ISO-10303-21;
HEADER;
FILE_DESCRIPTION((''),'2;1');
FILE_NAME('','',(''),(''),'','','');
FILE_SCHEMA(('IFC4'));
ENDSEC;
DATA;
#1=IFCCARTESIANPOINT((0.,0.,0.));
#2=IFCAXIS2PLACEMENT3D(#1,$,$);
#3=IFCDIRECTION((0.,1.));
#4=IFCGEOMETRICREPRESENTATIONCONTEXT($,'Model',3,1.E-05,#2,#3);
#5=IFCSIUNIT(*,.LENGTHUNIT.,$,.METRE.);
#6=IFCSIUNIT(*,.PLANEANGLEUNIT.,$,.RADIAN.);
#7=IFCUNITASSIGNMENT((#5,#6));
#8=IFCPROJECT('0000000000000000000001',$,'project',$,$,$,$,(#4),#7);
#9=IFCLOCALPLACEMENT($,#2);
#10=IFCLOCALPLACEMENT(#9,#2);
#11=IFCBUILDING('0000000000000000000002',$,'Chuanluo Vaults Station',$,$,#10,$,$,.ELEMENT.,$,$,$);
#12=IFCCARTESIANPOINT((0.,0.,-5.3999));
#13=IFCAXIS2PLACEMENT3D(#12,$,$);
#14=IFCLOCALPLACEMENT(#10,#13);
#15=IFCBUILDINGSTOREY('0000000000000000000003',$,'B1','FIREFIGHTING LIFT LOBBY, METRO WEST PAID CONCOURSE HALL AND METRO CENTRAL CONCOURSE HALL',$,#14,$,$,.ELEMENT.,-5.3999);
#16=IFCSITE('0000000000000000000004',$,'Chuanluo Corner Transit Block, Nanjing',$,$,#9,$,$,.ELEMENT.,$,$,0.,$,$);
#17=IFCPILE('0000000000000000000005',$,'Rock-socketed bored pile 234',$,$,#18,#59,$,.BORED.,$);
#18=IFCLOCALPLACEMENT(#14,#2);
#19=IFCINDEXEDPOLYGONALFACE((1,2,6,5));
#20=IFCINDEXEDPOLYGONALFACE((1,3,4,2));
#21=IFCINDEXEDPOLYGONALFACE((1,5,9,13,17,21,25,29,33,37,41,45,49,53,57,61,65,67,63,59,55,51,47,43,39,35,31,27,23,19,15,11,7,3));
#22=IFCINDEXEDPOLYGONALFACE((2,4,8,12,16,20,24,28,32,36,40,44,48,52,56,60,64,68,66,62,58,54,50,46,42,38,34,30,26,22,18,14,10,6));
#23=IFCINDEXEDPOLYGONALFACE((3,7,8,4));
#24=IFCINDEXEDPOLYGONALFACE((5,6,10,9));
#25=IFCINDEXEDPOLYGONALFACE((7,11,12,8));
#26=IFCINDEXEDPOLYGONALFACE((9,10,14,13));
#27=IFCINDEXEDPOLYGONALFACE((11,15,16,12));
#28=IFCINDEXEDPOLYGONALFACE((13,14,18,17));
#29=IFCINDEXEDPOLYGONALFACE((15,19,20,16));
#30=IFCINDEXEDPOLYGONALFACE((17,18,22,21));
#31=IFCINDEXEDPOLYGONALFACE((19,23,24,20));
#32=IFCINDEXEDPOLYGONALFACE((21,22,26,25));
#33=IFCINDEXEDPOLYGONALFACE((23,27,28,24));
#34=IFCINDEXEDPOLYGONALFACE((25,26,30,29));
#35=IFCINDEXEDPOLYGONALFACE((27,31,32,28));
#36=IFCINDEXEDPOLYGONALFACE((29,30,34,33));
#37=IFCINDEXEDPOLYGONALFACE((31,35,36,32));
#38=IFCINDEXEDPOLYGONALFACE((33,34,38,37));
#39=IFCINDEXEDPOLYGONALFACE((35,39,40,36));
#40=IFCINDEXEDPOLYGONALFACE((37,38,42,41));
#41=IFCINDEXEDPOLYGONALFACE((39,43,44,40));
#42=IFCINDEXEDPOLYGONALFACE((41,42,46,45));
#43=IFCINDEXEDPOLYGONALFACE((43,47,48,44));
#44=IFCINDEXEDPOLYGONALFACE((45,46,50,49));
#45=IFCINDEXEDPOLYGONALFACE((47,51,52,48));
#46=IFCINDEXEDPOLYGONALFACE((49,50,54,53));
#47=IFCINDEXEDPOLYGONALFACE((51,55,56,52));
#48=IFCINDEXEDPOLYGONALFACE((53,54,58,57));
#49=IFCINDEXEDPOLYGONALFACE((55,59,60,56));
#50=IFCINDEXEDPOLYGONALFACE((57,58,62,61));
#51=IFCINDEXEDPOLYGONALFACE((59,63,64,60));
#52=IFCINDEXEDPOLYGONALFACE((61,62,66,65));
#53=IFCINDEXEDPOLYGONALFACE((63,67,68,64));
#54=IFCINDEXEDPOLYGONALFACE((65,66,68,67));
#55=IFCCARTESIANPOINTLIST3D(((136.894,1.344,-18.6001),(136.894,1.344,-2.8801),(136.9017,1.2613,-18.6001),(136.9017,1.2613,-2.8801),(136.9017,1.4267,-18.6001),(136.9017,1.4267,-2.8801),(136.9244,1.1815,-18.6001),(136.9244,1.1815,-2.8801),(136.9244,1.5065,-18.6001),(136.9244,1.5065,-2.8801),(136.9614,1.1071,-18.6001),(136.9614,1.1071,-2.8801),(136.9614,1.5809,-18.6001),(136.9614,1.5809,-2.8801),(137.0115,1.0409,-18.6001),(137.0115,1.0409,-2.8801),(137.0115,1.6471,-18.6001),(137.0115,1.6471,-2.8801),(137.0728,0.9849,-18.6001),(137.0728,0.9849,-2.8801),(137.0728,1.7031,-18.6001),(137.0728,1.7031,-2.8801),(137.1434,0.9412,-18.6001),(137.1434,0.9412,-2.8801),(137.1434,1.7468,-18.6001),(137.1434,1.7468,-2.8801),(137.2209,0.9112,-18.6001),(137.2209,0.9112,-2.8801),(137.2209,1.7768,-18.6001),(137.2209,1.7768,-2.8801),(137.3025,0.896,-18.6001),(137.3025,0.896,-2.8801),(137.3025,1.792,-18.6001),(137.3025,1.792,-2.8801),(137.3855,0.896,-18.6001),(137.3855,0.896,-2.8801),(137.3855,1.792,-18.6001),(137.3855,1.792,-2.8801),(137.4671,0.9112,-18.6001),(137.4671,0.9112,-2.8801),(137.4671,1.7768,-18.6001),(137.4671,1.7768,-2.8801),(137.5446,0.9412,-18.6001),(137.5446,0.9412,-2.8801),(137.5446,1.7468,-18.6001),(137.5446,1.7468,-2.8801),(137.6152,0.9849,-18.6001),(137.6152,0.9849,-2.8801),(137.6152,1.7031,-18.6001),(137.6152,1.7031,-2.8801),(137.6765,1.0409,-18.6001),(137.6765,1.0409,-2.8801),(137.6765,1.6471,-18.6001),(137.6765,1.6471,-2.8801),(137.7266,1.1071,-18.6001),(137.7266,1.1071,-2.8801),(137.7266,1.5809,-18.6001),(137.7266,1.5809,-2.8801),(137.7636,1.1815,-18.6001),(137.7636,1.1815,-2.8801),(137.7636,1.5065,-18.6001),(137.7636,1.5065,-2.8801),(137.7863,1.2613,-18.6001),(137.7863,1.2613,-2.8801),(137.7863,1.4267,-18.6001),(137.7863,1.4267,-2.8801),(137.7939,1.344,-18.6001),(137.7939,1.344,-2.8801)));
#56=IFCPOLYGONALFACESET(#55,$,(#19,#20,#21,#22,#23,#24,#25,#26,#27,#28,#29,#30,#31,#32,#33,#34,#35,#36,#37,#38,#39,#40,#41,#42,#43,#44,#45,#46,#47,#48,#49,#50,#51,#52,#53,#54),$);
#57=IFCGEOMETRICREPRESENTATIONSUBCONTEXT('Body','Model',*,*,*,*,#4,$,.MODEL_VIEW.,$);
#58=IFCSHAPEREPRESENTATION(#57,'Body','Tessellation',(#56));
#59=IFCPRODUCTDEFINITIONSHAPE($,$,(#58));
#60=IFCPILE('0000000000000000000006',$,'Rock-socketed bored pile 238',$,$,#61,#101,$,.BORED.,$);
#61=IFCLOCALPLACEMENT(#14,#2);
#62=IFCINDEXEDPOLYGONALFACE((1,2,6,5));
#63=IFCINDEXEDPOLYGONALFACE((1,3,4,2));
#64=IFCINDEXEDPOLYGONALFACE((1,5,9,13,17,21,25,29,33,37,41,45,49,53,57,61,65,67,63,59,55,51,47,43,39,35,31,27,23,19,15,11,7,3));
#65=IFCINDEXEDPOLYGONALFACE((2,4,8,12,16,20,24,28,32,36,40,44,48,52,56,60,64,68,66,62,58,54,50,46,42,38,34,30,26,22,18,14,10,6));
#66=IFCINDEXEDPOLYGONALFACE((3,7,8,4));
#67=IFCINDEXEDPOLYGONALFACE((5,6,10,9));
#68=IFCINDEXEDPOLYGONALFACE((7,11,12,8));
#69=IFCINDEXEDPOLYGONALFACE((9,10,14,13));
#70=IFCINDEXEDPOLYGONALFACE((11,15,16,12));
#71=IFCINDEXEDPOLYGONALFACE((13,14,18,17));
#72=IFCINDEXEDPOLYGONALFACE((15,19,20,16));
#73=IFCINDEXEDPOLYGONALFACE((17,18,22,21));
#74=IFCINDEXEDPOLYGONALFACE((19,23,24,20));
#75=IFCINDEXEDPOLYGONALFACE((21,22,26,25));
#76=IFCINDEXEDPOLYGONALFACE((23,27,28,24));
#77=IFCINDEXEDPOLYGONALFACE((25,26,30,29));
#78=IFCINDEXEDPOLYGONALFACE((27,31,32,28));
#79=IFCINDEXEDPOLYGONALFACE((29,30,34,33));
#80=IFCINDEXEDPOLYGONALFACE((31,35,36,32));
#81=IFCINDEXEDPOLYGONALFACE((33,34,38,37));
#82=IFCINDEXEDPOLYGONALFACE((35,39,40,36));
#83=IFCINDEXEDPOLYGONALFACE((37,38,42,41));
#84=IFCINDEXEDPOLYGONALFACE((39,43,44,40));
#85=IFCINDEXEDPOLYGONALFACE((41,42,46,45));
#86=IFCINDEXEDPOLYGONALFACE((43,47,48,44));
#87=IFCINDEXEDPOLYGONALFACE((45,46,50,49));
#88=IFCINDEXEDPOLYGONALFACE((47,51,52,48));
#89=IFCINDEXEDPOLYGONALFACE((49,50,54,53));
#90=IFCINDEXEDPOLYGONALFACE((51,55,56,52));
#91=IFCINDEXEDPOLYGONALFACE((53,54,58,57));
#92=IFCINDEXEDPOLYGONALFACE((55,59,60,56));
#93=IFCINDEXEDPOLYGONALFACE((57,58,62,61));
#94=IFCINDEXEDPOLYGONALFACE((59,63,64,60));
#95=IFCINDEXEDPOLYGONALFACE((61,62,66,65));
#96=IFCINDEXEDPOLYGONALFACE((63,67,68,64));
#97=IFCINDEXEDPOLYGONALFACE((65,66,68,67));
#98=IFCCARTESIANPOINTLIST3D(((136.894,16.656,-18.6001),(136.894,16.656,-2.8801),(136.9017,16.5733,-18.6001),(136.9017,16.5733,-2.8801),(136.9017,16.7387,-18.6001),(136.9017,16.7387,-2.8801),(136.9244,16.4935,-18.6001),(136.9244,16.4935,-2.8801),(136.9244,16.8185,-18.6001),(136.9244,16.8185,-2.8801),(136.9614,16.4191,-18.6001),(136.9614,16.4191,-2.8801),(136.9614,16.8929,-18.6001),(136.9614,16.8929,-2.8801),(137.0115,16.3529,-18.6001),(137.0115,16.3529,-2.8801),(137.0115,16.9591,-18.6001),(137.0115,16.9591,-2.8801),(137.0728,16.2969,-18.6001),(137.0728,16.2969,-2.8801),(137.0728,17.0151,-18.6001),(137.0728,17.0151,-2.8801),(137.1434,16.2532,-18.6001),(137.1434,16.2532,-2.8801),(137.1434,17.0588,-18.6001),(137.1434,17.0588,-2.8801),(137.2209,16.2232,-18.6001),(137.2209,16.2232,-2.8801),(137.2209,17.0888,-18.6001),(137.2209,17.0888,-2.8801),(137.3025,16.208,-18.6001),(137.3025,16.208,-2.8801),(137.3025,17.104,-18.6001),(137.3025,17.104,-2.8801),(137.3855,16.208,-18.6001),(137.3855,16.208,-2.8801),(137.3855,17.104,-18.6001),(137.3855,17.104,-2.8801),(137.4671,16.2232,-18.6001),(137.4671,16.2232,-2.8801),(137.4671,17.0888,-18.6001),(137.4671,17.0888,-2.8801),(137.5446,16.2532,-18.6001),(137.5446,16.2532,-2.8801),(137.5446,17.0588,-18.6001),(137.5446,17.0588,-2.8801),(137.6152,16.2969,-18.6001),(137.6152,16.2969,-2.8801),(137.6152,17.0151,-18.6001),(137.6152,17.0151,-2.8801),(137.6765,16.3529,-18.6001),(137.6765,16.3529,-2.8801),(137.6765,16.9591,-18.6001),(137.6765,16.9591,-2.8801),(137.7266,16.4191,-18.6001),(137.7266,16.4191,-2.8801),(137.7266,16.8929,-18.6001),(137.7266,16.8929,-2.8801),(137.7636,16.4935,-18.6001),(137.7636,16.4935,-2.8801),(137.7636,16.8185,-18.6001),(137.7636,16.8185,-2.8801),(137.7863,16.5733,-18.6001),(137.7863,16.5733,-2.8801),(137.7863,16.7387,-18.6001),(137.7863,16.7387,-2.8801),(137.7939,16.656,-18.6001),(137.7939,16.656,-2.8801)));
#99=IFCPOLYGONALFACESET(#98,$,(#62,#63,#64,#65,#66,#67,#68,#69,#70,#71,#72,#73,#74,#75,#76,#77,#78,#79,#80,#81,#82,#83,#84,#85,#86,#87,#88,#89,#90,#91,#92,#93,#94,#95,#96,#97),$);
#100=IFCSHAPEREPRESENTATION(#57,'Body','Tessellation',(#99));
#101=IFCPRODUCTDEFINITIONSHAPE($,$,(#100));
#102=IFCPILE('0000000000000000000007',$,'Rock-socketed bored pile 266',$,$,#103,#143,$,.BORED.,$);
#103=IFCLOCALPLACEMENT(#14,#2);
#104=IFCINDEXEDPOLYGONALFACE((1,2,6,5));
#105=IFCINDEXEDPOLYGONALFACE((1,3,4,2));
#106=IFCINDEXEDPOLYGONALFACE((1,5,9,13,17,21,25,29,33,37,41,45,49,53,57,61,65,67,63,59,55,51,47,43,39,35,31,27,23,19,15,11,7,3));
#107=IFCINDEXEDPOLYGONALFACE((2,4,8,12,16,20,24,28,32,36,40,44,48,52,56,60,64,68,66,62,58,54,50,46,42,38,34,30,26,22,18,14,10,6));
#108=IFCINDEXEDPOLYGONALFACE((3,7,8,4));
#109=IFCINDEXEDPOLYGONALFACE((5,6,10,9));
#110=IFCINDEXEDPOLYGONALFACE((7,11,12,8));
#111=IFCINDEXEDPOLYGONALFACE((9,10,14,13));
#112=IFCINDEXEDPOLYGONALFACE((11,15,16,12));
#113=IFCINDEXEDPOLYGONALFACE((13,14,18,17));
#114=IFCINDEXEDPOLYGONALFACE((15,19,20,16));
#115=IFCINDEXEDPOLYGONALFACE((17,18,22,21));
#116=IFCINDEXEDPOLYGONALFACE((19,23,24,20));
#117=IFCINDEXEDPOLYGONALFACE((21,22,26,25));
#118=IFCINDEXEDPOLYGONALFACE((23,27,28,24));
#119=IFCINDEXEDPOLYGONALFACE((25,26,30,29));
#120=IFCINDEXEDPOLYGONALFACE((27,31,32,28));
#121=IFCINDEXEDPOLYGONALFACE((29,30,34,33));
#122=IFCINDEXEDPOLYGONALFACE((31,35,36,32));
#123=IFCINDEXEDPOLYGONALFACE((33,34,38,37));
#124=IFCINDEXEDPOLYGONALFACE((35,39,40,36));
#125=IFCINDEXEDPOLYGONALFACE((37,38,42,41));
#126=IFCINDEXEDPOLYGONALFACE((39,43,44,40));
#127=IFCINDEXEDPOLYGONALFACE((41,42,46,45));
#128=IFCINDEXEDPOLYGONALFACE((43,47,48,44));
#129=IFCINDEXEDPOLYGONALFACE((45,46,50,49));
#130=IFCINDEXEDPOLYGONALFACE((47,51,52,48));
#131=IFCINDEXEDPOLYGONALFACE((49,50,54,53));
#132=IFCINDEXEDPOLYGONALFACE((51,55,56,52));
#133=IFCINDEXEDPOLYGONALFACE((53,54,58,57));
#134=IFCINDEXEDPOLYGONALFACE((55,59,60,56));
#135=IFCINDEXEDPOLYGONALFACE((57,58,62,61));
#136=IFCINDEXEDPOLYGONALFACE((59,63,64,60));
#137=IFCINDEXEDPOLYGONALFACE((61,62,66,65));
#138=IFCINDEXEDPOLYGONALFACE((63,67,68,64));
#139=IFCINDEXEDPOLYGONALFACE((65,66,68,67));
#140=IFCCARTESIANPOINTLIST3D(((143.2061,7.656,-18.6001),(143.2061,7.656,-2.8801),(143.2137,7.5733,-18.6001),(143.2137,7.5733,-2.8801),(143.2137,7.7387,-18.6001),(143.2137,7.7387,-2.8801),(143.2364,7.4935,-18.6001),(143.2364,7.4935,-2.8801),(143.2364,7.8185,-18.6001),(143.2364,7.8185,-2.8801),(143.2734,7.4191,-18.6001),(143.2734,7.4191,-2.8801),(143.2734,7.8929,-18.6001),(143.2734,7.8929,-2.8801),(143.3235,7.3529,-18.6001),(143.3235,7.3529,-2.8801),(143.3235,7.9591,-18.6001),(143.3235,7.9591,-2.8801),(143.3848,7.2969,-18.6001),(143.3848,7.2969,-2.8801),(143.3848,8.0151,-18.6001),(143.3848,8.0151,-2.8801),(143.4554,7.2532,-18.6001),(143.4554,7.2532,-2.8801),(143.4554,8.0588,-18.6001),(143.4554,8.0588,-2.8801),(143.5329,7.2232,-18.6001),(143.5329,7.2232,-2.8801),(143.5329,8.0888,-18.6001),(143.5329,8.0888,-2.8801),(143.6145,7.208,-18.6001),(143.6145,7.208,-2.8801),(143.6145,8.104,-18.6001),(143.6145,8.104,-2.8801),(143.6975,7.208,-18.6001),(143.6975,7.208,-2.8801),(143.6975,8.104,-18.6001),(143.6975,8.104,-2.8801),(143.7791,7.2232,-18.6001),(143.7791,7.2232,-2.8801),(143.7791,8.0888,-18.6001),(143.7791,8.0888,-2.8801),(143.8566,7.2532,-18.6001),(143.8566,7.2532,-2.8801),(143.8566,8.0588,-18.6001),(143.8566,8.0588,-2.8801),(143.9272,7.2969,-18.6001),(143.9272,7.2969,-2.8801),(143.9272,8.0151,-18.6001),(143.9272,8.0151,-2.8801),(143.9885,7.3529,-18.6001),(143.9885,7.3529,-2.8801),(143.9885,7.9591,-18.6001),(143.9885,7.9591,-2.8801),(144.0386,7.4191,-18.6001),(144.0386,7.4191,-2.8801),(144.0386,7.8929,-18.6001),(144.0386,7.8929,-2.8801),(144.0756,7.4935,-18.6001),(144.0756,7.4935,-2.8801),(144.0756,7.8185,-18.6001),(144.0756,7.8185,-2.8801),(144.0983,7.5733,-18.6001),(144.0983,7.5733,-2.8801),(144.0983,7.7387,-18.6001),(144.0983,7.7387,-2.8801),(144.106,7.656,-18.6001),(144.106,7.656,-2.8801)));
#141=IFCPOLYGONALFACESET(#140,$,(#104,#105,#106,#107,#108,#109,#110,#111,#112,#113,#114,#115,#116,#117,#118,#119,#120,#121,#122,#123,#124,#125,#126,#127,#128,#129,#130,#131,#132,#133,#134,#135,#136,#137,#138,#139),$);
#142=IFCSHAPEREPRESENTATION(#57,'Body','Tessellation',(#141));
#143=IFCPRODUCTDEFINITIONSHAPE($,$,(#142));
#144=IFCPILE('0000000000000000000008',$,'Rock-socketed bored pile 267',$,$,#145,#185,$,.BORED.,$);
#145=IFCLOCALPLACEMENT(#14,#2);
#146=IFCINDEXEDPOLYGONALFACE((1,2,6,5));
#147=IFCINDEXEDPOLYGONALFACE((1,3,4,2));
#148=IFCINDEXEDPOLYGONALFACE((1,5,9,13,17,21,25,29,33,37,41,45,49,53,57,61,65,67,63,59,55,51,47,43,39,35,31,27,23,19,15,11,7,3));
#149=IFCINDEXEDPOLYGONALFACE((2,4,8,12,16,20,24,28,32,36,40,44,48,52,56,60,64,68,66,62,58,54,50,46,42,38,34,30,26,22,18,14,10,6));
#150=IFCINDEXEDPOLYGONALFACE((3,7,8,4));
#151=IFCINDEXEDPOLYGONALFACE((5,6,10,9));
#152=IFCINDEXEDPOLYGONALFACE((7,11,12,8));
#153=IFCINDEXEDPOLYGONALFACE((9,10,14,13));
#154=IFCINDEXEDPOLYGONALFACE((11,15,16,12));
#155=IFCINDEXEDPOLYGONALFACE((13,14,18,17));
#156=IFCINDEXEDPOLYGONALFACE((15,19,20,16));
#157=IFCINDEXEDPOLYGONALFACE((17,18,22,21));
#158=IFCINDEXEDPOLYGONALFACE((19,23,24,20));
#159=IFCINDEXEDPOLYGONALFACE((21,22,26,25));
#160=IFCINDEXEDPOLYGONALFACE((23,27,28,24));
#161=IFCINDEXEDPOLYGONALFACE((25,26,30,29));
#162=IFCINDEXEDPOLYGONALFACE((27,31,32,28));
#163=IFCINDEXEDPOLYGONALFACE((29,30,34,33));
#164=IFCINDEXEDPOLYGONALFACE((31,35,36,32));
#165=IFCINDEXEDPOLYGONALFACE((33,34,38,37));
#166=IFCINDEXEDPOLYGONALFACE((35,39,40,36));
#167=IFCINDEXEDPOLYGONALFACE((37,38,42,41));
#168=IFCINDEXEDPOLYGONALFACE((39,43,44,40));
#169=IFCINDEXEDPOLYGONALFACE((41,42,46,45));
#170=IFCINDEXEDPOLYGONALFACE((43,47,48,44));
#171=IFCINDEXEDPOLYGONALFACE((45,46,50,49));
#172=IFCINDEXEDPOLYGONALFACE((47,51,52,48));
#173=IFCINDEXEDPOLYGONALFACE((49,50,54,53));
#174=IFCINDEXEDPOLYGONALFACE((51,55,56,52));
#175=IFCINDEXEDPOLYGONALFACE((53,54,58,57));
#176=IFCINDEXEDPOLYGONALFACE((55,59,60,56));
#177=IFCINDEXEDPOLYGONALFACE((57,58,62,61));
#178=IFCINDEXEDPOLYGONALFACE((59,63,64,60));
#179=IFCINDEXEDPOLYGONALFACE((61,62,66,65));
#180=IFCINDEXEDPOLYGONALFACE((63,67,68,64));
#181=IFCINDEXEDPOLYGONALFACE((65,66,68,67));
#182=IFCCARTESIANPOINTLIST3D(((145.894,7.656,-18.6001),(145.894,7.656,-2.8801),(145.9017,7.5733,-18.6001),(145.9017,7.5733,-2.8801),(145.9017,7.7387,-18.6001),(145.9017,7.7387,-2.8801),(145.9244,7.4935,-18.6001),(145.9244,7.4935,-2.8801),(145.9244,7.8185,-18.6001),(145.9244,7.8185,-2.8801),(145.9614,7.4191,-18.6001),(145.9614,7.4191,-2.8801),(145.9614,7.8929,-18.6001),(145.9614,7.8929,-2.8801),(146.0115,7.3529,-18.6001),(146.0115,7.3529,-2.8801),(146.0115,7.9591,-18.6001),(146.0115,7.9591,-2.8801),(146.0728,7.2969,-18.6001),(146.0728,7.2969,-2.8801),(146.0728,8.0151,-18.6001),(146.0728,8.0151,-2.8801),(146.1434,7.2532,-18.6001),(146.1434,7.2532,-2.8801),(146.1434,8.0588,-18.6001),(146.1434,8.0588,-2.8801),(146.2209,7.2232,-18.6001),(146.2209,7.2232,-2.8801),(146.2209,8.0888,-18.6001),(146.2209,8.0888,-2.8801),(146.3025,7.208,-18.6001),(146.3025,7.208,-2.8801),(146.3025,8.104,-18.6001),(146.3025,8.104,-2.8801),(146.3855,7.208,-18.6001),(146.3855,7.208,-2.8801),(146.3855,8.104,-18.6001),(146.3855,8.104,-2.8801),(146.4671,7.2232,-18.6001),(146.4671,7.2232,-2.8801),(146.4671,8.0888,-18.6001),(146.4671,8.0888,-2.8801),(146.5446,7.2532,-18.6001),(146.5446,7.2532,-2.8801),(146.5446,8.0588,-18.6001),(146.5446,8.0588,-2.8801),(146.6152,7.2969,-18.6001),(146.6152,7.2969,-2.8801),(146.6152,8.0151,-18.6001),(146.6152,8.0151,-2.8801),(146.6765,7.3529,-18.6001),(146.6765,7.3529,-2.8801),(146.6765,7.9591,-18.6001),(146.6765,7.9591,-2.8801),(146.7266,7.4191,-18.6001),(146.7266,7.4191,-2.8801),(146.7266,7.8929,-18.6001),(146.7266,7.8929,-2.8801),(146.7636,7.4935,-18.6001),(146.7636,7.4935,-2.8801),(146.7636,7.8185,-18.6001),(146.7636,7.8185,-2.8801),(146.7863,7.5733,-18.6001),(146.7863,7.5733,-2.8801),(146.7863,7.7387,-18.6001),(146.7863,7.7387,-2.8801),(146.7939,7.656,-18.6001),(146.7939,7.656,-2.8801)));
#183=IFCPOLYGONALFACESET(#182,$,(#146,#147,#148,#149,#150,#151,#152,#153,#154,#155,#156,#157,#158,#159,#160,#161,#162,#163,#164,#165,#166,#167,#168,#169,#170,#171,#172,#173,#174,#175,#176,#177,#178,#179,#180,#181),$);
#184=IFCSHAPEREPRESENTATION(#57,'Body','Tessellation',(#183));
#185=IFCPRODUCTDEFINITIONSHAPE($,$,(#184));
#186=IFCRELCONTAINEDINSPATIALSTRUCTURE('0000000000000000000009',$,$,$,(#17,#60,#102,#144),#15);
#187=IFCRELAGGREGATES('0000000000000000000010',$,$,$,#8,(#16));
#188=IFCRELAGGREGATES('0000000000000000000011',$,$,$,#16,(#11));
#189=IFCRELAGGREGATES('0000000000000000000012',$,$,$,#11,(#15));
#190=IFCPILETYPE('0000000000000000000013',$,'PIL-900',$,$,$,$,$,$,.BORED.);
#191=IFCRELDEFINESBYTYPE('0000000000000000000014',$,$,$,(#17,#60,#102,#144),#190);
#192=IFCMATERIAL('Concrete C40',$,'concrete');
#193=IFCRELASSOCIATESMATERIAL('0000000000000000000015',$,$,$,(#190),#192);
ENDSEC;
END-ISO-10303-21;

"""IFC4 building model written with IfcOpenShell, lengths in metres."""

from ifc_helpers import new_model, si_unit, direction, frame, origin, origin_2d, place, context, subcontext, project, spatial, circle, extrude, material, material_profile, profile_set, type_object, element, save


model = new_model("IFC4")

# Units and contexts
model_context = context("Model", 3, precision=1e-05, world=origin(), true_north=direction((0.0, 1.0)))
body_context = subcontext(model_context, "Body", "Model", "MODEL_VIEW")
ifc_project = project(units=[si_unit("LENGTHUNIT", "METRE"), si_unit("PLANEANGLEUNIT", "RADIAN")], contexts=[model_context])

# Site, building, storey
site_placement = place(None, origin())
site = spatial("IfcSite", under=ifc_project, at=site_placement, Name="Chuanluo Corner Transit Block, Nanjing", CompositionType="ELEMENT", RefElevation=0.0)
building_placement = place(site_placement, origin())
building = spatial("IfcBuilding", under=site, at=building_placement, Name="Chuanluo Vaults Station", CompositionType="ELEMENT")
storey_placement = place(building_placement, frame((0.0, 0.0, -5.3999)))
storey = spatial("IfcBuildingStorey", under=building, at=storey_placement, Name="B1", Description="FIREFIGHTING LIFT LOBBY, METRO WEST PAID CONCOURSE HALL AND METRO CENTRAL CONCOURSE HALL", CompositionType="ELEMENT", Elevation=-5.3999)

# Piles
ifc_material_1 = material(Name="Concrete C40", Category="concrete")
ifc_material_profile_1 = material_profile(ifc_material_1, circle(Radius=0.45, at=origin_2d()))
ifc_profile_set_1 = profile_set([ifc_material_profile_1], Name="Concrete C40")
pile_type_1 = type_object("IfcPileType", Name="PIL-900", PredefinedType="BORED", material=ifc_profile_set_1)
for number, where, z_axis, x_axis, name in (
    (1, (137.344, 1.344, -2.8801), (0.0, 0.0, -1.0), (1.0, 0.0, 0.0), "Rock-socketed bored pile 234"),
    (2, (137.344, 16.656, -2.8801), (0.0, 0.0, -1.0), (1.0, 0.0, 0.0), "Rock-socketed bored pile 238"),
    (3, (143.656, 7.656, -2.8801), (0.0, 0.0, -1.0), (1.0, 0.0, 0.0), "Rock-socketed bored pile 266"),
    (4, (146.344, 7.656, -2.8801), (0.0, 0.0, -1.0), (1.0, 0.0, 0.0), "Rock-socketed bored pile 267"),
):
    element("IfcPile", number, at=place(storey_placement, frame(where, z_axis=z_axis, x_axis=x_axis)), inside=storey, type_object=pile_type_1, Name=name, PredefinedType="BORED", context=body_context, shape_type="SweptSolid", body=[
        extrude(circle(Radius=0.45, at=origin_2d()), origin(), (0.0, 0.0, 1.0), 15.72),
    ])

save(model, "model.ifc")
